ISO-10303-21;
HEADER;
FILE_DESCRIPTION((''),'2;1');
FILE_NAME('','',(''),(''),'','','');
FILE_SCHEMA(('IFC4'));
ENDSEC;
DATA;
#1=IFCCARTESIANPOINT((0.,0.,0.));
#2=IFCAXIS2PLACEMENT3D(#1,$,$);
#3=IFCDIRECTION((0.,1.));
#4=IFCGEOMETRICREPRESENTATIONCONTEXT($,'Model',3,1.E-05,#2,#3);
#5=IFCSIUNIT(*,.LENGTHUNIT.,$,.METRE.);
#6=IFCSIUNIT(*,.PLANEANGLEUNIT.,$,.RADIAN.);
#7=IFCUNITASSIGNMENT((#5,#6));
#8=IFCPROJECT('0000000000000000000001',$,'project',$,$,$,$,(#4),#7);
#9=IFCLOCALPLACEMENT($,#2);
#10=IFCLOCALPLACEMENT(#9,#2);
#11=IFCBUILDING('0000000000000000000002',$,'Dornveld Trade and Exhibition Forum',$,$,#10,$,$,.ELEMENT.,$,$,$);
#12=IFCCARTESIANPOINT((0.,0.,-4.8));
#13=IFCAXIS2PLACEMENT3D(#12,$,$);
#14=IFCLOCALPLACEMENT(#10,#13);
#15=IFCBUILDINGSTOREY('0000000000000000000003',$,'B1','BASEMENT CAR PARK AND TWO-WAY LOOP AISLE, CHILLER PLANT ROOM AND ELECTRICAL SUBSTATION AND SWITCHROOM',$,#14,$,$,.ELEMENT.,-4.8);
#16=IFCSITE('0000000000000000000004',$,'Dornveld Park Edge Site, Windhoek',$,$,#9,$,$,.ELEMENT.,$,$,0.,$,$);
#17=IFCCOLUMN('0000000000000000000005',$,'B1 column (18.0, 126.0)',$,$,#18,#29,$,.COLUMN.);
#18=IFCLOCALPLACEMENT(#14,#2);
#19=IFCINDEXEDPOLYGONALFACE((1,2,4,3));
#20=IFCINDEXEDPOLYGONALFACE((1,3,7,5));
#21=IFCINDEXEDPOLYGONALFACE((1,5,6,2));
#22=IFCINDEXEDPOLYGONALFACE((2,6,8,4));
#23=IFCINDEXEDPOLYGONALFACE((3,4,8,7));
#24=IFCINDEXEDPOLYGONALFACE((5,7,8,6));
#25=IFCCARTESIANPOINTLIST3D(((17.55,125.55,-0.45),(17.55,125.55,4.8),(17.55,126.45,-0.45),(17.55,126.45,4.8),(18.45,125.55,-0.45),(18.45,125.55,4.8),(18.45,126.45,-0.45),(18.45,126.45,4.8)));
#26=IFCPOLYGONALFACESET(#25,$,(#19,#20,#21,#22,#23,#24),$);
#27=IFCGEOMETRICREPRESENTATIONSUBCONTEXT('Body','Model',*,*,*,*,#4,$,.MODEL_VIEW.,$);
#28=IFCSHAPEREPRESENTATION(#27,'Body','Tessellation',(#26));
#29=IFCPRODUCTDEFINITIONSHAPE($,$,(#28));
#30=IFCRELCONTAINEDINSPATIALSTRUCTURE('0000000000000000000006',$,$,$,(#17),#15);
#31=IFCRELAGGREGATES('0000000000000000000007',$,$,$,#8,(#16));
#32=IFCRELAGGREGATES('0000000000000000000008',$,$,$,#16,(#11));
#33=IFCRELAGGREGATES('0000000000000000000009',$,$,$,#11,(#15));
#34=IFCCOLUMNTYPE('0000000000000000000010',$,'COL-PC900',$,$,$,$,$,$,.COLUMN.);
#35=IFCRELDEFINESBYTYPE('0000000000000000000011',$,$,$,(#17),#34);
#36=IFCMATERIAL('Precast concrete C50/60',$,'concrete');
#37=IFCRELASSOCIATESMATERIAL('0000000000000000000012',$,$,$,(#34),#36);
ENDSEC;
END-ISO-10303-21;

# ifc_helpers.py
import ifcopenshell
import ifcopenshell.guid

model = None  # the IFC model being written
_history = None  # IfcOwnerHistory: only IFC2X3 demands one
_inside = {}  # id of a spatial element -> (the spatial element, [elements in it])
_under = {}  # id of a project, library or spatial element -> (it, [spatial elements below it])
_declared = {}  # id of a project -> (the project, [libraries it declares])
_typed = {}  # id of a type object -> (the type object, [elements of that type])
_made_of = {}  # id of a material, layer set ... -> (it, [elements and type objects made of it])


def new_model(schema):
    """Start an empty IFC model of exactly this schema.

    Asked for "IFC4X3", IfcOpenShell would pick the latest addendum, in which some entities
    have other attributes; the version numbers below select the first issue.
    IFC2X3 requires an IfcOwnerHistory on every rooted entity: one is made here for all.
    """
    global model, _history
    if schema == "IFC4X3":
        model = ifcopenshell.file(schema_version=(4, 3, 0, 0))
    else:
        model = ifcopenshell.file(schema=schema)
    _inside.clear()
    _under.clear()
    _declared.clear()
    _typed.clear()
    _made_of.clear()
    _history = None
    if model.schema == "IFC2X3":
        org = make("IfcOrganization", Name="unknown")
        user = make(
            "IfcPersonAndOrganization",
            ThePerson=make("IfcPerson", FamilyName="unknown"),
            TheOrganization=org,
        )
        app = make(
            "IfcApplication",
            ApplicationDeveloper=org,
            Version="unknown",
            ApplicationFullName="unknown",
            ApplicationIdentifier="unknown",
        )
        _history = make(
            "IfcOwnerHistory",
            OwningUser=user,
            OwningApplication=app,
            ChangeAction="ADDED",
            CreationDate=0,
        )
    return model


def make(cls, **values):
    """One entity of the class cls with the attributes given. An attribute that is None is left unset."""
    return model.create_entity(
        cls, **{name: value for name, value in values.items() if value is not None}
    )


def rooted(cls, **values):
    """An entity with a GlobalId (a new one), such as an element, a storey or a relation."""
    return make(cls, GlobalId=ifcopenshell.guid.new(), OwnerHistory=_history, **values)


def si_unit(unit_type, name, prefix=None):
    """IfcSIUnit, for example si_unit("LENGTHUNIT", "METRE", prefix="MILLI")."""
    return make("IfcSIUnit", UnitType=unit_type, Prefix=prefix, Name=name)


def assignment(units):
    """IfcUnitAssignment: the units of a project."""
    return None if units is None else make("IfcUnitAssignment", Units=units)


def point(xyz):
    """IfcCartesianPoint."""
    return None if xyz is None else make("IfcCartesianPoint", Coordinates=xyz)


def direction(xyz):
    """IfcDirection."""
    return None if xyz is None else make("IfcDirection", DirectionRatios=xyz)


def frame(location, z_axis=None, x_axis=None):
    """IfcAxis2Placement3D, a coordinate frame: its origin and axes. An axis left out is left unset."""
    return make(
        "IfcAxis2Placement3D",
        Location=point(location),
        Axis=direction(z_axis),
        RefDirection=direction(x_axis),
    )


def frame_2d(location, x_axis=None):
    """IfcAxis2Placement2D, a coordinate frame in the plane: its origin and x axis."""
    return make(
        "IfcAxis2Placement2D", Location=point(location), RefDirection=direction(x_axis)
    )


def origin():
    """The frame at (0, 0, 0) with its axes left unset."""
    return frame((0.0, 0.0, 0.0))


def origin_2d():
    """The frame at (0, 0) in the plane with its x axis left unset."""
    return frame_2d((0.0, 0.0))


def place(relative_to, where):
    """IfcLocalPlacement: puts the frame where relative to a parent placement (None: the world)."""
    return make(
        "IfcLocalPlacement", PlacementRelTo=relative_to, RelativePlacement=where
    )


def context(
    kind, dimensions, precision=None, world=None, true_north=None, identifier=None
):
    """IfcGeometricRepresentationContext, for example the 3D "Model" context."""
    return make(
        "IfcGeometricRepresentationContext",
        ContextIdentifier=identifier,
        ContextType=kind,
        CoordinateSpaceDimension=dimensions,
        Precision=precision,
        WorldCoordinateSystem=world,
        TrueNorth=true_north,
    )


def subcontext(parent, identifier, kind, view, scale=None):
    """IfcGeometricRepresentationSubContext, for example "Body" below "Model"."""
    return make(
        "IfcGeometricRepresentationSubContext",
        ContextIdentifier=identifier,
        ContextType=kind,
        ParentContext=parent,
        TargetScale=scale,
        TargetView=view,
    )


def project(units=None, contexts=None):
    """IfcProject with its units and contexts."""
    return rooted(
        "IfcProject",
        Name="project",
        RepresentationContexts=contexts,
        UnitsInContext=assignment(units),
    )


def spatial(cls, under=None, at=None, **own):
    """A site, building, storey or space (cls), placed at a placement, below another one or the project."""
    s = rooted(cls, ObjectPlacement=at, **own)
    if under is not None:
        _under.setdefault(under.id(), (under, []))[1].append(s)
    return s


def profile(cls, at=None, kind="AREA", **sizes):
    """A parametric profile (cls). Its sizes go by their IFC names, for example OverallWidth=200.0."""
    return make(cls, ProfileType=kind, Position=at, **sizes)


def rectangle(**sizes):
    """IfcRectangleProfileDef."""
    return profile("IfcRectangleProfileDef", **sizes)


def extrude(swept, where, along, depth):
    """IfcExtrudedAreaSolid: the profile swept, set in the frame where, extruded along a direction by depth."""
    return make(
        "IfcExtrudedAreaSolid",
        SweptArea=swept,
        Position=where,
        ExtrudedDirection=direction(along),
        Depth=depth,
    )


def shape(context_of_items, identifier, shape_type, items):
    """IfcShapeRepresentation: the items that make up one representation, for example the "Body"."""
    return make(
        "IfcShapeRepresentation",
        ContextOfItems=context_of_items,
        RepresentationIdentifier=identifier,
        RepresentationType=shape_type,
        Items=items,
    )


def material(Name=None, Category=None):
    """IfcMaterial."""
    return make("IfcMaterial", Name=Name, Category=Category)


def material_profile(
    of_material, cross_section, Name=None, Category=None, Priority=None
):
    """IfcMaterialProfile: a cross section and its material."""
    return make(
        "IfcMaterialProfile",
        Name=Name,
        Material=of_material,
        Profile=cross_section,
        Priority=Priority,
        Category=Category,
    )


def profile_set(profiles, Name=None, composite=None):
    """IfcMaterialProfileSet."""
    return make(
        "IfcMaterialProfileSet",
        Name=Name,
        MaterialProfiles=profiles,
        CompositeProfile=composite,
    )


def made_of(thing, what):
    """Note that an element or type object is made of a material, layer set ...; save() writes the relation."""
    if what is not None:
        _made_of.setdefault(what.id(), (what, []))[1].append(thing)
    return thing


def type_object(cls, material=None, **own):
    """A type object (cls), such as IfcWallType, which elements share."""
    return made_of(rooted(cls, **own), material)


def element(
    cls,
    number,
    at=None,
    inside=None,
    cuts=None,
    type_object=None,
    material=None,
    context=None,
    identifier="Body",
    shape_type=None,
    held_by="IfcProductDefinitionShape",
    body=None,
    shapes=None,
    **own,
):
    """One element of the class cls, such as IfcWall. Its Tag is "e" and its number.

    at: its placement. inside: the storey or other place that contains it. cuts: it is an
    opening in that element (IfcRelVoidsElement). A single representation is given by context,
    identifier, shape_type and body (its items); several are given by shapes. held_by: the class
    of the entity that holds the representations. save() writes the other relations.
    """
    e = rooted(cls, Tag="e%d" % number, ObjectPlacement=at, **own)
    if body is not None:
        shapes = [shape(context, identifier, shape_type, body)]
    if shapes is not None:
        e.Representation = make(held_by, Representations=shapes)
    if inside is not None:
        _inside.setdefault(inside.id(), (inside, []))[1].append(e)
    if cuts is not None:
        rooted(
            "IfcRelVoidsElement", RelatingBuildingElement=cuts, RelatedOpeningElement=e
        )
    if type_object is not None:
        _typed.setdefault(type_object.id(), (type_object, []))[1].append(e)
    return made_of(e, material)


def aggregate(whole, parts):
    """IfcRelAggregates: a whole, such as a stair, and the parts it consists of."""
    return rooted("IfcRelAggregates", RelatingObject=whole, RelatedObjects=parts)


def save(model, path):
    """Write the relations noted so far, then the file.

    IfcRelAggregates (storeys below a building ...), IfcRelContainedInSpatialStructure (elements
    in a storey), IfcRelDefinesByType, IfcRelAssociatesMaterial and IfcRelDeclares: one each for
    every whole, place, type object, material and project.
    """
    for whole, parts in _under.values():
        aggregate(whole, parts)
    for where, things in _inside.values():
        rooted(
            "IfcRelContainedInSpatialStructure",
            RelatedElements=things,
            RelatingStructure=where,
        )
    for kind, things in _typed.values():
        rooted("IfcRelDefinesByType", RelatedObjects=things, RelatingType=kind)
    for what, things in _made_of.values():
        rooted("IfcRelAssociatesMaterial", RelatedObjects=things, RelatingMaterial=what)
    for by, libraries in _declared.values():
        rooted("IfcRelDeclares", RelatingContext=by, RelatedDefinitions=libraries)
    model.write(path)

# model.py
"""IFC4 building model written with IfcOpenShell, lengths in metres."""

from ifc_helpers import new_model, si_unit, direction, frame, origin, origin_2d, place, context, subcontext, project, spatial, rectangle, extrude, material, material_profile, profile_set, type_object, element, save


model = new_model("IFC4")

# Units and contexts
model_context = context("Model", 3, precision=1e-05, world=origin(), true_north=direction((0.0, 1.0)))
body_context = subcontext(model_context, "Body", "Model", "MODEL_VIEW")
ifc_project = project(units=[si_unit("LENGTHUNIT", "METRE"), si_unit("PLANEANGLEUNIT", "RADIAN")], contexts=[model_context])

# Site, building, storey
site_placement = place(None, origin())
site = spatial("IfcSite", under=ifc_project, at=site_placement, Name="Dornveld Park Edge Site, Windhoek", CompositionType="ELEMENT", RefElevation=0.0)
building_placement = place(site_placement, origin())
building = spatial("IfcBuilding", under=site, at=building_placement, Name="Dornveld Trade and Exhibition Forum", CompositionType="ELEMENT")
storey_placement = place(building_placement, frame((0.0, 0.0, -4.8)))
storey = spatial("IfcBuildingStorey", under=building, at=storey_placement, Name="B1", Description="BASEMENT CAR PARK AND TWO-WAY LOOP AISLE, CHILLER PLANT ROOM AND ELECTRICAL SUBSTATION AND SWITCHROOM", CompositionType="ELEMENT", Elevation=-4.8)

# Column
ifc_material_1 = material(Name="Precast concrete C50/60", Category="concrete")
ifc_material_profile_1 = material_profile(ifc_material_1, rectangle(XDim=0.8999, YDim=0.8999, at=origin_2d()), Name="PC-COL 900x900")
ifc_profile_set_1 = profile_set([ifc_material_profile_1], Name="Precast concrete C50/60")
column_type_1 = type_object("IfcColumnType", Name="COL-PC900", PredefinedType="COLUMN", material=ifc_profile_set_1)
for number, where, z_axis, x_axis, name in (
    (1, (18.0, 126.0, -0.45), (0.0, 0.0, 1.0), (1.0, 0.0, 0.0), "B1 column (18.0, 126.0)"),
):
    element("IfcColumn", number, at=place(storey_placement, frame(where, z_axis=z_axis, x_axis=x_axis)), inside=storey, type_object=column_type_1, Name=name, PredefinedType="COLUMN", context=body_context, shape_type="SweptSolid", body=[
        extrude(rectangle(XDim=0.8999, YDim=0.8999, at=origin_2d()), origin(), (0.0, 0.0, 1.0), 5.25),
    ])

save(model, "model.ifc")
